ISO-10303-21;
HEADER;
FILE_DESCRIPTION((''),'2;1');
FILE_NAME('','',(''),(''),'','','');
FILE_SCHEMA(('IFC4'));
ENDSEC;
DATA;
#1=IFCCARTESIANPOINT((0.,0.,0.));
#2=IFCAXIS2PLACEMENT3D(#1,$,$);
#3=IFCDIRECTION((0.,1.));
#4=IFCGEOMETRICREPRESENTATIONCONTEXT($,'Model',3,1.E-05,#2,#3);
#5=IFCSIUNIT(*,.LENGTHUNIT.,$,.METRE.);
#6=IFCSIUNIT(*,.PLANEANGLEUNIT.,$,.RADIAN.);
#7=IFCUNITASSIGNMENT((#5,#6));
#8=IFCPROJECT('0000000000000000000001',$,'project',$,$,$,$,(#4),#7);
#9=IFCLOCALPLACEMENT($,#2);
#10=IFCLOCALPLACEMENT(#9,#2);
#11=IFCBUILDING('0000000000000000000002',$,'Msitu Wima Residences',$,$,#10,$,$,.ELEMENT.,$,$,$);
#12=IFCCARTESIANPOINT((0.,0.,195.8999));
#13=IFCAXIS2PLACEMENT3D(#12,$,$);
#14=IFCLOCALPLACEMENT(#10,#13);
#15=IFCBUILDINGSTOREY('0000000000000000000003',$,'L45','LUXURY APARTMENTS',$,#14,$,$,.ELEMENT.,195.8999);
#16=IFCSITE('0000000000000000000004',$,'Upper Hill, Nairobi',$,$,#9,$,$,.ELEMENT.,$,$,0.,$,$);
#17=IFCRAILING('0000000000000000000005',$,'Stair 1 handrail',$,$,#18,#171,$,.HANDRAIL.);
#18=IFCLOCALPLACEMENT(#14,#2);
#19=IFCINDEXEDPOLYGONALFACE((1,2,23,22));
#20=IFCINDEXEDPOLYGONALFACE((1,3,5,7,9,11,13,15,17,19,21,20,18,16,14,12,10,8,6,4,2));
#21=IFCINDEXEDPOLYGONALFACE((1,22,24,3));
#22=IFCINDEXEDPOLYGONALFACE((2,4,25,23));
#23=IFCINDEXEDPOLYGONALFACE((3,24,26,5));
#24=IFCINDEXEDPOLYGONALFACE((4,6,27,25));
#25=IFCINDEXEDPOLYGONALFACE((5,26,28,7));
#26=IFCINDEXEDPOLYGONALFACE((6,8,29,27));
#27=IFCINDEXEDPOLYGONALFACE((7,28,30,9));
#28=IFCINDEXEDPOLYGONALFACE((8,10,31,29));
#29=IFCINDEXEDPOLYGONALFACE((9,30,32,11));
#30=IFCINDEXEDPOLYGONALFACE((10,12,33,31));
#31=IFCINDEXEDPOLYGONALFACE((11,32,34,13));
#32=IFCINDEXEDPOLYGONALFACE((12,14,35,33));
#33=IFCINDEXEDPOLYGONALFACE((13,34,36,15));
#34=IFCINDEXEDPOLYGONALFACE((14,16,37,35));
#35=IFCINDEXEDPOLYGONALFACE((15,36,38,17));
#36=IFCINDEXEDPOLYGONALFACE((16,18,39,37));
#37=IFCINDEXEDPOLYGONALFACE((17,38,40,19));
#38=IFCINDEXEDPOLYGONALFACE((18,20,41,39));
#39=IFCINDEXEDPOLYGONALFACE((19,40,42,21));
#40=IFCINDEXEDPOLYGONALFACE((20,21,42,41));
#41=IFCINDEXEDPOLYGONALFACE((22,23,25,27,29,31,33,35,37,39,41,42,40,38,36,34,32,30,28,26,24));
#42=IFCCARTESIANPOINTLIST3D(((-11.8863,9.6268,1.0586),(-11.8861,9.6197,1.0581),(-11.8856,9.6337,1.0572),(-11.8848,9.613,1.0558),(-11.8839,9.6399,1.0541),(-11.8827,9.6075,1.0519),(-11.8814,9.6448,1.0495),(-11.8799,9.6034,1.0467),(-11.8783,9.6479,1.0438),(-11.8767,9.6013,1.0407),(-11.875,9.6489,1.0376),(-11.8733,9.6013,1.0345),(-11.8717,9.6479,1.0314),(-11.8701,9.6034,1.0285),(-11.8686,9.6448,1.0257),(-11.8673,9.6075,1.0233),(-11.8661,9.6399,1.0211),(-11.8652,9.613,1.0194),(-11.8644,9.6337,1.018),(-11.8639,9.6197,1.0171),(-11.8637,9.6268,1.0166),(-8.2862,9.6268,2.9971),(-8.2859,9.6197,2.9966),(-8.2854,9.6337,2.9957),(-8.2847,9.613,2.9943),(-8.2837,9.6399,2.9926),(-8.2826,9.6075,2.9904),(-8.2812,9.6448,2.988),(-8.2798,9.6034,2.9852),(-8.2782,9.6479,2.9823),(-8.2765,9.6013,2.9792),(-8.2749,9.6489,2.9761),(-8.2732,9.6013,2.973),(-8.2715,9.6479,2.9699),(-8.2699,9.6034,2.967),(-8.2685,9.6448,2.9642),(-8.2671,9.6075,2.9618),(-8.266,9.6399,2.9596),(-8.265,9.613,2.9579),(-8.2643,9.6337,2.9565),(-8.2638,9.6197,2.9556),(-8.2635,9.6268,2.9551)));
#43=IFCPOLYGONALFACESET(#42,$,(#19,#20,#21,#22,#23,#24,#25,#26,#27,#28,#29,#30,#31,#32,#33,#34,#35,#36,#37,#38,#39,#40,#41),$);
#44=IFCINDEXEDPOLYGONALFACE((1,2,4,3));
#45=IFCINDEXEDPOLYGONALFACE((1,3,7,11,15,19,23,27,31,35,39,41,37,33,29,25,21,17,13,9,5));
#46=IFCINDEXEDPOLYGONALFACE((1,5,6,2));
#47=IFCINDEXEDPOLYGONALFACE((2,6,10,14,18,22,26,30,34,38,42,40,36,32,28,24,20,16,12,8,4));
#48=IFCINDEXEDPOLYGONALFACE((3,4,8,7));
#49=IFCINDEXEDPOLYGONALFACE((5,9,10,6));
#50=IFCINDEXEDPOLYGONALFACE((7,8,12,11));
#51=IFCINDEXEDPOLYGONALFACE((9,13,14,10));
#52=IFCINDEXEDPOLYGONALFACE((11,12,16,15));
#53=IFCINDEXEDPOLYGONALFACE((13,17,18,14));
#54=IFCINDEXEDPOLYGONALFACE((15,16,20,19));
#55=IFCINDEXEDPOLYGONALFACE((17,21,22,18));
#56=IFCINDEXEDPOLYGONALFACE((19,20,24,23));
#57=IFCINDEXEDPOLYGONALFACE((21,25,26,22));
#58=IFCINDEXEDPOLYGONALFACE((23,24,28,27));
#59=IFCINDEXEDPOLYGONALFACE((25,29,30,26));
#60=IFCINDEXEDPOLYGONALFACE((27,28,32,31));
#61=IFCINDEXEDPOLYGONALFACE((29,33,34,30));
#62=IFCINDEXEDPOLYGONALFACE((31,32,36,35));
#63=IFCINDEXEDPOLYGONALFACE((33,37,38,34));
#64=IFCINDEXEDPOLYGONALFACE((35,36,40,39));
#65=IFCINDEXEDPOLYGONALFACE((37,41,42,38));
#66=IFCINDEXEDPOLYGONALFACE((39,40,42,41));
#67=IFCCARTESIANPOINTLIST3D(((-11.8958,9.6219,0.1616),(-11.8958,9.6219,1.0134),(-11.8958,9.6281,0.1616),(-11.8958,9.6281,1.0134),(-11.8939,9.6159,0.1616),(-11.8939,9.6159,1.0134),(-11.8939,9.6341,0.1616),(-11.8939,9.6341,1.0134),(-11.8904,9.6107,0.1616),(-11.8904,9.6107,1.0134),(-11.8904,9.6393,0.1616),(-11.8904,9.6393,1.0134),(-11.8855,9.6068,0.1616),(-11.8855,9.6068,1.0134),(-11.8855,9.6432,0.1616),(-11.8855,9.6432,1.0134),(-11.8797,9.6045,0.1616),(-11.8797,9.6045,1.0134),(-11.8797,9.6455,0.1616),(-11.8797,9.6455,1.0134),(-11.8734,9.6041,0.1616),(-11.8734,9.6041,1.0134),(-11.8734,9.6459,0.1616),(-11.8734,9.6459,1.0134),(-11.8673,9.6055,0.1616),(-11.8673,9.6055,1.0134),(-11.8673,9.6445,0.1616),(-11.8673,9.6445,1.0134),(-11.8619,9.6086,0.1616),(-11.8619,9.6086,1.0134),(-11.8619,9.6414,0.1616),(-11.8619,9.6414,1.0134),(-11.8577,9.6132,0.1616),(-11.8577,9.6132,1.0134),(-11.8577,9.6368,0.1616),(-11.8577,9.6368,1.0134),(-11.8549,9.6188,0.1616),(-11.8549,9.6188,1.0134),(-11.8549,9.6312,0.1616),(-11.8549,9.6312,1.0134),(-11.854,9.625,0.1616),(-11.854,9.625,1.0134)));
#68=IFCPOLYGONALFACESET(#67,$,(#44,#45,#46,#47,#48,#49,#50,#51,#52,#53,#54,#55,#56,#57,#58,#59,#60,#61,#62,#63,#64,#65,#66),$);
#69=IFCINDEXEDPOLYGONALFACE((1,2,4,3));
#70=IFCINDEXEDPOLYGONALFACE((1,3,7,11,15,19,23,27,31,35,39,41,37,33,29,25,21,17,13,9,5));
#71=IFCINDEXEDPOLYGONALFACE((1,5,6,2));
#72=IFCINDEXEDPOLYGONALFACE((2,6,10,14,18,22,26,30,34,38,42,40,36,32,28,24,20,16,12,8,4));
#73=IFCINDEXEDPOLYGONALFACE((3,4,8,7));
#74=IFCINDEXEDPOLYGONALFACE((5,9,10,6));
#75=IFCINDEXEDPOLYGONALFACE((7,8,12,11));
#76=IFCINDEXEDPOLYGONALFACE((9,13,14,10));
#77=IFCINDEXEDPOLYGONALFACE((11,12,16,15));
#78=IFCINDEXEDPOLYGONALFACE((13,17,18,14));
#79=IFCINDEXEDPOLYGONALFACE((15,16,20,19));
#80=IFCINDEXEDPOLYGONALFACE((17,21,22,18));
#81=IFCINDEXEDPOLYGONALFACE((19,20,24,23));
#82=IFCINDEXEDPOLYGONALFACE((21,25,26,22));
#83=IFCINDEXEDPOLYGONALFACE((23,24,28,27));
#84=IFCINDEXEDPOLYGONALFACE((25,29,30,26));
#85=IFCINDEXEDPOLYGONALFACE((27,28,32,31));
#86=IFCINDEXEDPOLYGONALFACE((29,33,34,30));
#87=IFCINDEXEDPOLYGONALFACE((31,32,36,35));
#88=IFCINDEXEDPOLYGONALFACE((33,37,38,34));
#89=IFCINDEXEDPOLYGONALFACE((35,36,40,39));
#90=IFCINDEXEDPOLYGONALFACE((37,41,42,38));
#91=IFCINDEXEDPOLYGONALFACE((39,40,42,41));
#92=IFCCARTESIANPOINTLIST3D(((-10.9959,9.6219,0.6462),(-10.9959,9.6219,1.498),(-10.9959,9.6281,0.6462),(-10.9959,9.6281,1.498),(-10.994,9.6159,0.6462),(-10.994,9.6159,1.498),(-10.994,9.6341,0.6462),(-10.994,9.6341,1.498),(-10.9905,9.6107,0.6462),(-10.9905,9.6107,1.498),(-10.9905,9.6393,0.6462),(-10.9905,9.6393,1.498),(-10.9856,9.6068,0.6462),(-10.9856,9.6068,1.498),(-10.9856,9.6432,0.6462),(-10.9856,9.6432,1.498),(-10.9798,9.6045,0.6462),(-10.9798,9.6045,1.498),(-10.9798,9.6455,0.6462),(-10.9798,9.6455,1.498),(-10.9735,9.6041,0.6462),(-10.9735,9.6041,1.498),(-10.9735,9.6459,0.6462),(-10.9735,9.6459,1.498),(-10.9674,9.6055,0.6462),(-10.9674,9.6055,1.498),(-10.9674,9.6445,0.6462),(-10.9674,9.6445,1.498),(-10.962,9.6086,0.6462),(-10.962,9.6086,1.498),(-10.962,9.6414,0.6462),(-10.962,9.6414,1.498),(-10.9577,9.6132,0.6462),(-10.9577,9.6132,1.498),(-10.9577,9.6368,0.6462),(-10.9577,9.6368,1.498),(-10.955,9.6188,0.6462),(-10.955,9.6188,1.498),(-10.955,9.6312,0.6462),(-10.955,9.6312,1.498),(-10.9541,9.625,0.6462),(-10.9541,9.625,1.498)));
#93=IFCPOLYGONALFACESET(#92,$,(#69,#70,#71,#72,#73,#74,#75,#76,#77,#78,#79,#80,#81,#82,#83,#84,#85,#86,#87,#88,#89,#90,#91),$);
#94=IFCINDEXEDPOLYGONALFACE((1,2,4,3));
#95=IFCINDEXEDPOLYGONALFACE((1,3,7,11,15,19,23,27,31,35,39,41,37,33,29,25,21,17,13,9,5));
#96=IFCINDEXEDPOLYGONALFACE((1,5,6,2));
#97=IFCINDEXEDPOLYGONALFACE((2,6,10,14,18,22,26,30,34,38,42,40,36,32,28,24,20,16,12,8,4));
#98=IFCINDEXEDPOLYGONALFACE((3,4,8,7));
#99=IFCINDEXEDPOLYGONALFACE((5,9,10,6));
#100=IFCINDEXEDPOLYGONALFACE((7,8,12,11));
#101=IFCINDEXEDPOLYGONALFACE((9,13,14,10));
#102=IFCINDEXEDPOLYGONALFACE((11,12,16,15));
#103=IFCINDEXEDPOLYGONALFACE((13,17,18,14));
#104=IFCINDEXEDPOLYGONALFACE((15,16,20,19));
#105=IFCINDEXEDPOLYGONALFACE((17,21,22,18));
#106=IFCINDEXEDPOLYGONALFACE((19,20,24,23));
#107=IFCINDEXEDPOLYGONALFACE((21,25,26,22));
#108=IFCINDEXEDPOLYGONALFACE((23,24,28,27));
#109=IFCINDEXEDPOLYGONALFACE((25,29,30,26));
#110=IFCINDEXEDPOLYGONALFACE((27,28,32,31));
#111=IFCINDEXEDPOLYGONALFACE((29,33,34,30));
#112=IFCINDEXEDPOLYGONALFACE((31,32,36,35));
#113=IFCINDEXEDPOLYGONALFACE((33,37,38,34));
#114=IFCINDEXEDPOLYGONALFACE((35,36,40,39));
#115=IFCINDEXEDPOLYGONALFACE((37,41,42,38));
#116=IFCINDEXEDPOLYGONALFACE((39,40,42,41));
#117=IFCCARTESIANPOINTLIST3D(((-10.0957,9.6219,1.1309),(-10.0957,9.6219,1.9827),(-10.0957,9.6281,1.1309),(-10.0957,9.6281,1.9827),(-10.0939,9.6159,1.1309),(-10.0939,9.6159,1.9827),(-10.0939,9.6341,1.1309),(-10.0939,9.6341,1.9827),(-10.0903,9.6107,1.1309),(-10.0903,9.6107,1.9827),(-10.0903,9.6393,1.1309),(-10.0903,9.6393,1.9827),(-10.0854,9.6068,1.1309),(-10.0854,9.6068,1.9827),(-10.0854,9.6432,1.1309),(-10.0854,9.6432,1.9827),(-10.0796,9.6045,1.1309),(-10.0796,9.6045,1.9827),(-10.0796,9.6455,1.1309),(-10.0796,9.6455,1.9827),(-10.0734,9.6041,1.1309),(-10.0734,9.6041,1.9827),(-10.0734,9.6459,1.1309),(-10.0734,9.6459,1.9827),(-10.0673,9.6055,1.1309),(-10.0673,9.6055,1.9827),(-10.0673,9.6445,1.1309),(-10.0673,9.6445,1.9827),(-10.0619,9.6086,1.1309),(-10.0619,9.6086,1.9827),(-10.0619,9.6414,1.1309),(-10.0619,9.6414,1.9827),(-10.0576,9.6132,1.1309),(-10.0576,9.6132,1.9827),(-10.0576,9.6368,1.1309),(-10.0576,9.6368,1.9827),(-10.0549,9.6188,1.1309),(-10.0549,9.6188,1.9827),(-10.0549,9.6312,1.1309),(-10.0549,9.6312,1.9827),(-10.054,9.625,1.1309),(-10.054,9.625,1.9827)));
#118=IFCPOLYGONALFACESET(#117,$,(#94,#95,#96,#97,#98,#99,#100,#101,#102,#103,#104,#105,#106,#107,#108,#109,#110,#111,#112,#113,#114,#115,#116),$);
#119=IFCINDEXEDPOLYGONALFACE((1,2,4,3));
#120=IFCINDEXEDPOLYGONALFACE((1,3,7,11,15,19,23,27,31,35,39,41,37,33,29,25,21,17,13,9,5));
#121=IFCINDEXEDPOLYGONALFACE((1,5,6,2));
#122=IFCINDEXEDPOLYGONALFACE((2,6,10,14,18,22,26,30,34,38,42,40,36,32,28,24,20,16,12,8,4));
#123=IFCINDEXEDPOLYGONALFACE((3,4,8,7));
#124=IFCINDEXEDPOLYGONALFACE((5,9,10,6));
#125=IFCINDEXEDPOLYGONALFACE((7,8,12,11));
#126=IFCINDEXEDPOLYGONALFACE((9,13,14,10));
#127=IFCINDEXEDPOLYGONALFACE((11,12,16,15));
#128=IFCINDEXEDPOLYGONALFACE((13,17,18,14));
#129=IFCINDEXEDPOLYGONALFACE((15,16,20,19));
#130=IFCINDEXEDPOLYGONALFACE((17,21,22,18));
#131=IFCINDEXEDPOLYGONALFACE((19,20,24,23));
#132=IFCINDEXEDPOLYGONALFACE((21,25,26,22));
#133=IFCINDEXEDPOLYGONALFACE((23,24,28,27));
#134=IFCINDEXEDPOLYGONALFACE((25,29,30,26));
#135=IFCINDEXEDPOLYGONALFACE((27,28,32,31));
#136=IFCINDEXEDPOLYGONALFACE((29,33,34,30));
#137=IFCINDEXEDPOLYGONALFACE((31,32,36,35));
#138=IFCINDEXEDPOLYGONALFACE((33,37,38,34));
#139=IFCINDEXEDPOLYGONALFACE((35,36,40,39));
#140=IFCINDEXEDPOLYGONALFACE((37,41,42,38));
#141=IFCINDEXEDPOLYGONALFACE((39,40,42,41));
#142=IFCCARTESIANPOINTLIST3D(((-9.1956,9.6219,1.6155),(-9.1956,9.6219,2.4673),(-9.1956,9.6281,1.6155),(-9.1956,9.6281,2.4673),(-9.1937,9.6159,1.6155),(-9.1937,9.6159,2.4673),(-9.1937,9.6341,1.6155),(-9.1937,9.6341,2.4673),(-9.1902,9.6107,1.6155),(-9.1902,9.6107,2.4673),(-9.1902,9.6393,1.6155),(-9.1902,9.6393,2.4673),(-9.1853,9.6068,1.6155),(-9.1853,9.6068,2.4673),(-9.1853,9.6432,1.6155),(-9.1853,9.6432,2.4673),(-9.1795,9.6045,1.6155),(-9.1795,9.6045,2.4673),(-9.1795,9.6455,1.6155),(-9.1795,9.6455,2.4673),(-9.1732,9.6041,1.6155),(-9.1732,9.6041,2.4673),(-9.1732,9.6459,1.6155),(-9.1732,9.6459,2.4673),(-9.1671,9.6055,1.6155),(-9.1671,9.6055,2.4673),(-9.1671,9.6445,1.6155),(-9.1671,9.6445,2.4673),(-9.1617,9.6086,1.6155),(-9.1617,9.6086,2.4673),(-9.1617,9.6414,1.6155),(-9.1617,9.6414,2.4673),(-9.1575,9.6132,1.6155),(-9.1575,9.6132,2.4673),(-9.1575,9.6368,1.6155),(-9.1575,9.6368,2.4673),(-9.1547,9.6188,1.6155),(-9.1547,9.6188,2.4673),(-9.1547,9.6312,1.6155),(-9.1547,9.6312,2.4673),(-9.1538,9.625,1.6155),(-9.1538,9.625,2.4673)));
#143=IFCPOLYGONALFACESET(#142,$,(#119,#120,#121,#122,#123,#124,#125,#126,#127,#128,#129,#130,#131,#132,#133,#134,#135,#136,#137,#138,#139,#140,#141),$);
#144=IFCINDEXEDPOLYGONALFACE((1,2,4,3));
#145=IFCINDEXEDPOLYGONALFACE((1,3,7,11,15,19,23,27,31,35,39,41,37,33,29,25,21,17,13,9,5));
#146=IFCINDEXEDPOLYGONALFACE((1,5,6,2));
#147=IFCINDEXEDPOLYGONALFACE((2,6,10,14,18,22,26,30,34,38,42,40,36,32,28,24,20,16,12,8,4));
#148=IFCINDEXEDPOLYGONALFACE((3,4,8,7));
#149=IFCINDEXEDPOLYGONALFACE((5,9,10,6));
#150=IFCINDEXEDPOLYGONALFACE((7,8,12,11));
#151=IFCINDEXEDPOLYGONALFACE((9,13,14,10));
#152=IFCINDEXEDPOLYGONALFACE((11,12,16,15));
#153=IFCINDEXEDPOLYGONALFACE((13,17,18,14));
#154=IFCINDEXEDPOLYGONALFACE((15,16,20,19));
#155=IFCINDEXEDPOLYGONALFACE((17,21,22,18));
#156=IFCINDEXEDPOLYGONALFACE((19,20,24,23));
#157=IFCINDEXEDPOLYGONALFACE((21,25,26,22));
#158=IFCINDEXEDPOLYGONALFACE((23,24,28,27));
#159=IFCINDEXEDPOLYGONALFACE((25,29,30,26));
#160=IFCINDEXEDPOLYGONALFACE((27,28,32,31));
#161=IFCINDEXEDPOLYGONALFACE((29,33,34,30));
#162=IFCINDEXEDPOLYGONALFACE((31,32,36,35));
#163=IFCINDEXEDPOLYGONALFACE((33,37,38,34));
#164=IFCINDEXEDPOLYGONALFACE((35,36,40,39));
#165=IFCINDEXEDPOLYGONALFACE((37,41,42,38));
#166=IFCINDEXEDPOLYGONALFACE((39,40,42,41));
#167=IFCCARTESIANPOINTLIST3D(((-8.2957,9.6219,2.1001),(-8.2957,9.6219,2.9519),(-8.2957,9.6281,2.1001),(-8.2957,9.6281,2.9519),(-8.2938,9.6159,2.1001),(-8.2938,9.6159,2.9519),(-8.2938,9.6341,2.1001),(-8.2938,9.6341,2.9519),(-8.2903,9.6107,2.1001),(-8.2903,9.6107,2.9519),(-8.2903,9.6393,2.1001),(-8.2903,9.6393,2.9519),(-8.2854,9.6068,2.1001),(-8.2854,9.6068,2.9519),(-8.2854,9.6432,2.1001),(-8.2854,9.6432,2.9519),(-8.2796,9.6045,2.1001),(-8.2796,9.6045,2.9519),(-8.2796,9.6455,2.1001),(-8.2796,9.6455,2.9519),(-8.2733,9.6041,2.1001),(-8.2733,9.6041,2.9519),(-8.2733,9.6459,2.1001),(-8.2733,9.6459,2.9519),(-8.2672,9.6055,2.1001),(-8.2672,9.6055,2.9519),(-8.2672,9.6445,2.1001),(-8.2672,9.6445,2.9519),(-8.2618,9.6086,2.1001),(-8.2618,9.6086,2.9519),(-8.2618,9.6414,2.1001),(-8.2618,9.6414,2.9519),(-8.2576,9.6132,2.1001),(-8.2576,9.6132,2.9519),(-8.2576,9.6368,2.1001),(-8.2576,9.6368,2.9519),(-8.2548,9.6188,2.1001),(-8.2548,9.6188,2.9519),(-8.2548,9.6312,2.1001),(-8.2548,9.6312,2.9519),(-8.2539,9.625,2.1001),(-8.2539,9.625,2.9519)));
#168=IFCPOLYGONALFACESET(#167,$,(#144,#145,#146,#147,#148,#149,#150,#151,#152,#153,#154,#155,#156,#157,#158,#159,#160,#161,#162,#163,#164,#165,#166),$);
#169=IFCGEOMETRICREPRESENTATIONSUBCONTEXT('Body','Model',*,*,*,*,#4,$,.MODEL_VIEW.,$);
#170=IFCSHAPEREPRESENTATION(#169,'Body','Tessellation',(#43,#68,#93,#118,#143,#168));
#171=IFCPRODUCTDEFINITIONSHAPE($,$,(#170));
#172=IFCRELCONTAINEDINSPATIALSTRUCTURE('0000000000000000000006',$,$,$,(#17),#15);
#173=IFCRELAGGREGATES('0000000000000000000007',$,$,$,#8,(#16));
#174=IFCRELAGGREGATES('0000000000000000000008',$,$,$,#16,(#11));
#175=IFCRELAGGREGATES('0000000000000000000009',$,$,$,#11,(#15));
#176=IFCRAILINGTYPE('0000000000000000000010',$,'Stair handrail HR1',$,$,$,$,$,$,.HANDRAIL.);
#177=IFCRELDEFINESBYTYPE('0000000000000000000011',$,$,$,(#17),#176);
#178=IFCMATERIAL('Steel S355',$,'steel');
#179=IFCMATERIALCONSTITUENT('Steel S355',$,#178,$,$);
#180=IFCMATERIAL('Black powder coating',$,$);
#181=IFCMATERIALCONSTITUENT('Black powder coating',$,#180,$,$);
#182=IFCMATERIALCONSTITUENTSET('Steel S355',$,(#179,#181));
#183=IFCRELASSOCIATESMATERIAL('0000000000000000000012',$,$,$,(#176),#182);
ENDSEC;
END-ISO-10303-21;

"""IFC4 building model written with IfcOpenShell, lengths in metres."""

from ifc_helpers import new_model, si_unit, direction, frame, origin, origin_2d, place, context, subcontext, project, spatial, circle, extrude, material, constituent, constituent_set, type_object, element, save


model = new_model("IFC4")

# Units and contexts
model_context = context("Model", 3, precision=1e-05, world=origin(), true_north=direction((0.0, 1.0)))
body_context = subcontext(model_context, "Body", "Model", "MODEL_VIEW")
ifc_project = project(units=[si_unit("LENGTHUNIT", "METRE"), si_unit("PLANEANGLEUNIT", "RADIAN")], contexts=[model_context])

# Site, building, storey
site_placement = place(None, origin())
site = spatial("IfcSite", under=ifc_project, at=site_placement, Name="Upper Hill, Nairobi", CompositionType="ELEMENT", RefElevation=0.0)
building_placement = place(site_placement, origin())
building = spatial("IfcBuilding", under=site, at=building_placement, Name="Msitu Wima Residences", CompositionType="ELEMENT")
storey_placement = place(building_placement, frame((0.0, 0.0, 195.8999)))
storey = spatial("IfcBuildingStorey", under=building, at=storey_placement, Name="L45", Description="LUXURY APARTMENTS", CompositionType="ELEMENT", Elevation=195.8999)

# Railing
ifc_material_1 = material(Name="Steel S355", Category="steel")
ifc_constituent_1 = constituent(ifc_material_1, Name="Steel S355")
ifc_material_2 = material(Name="Black powder coating")
ifc_constituent_2 = constituent(ifc_material_2, Name="Black powder coating")
ifc_constituent_set = constituent_set(constituents=[ifc_constituent_1, ifc_constituent_2], Name="Steel S355")
railing_type = type_object("IfcRailingType", Name="Stair handrail HR1", PredefinedType="HANDRAIL", material=ifc_constituent_set)
for number, where, name in (
    (1, (-11.875, 9.625, 0.1616), "Stair 1 handrail"),
):
    element("IfcRailing", number, at=place(storey_placement, frame(where)), inside=storey, type_object=railing_type, Name=name, PredefinedType="HANDRAIL", context=body_context, shape_type="SweptSolid", body=[
        extrude(circle(Radius=0.0239, at=origin_2d()), frame((0.0, 0.0, 0.876), z_axis=(0.880475, 0.0, 0.474093), x_axis=(0.0, 1.0, 0.0)), (0.0, 0.0, 1.0), 4.0889),
        extrude(circle(Radius=0.021, at=origin_2d()), origin(), (0.0, 0.0, 1.0), 0.8518),
        extrude(circle(Radius=0.021, at=origin_2d()), frame((0.8999, 0.0, 0.4846)), (0.0, 0.0, 1.0), 0.8518),
        extrude(circle(Radius=0.021, at=origin_2d()), frame((1.8, 0.0, 0.9692)), (0.0, 0.0, 1.0), 0.8518),
        extrude(circle(Radius=0.021, at=origin_2d()), frame((2.7002, 0.0, 1.4539)), (0.0, 0.0, 1.0), 0.8518),
        extrude(circle(Radius=0.021, at=origin_2d()), frame((3.6001, 0.0, 1.9385)), (0.0, 0.0, 1.0), 0.8518),
    ])

save(model, "model.ifc")
